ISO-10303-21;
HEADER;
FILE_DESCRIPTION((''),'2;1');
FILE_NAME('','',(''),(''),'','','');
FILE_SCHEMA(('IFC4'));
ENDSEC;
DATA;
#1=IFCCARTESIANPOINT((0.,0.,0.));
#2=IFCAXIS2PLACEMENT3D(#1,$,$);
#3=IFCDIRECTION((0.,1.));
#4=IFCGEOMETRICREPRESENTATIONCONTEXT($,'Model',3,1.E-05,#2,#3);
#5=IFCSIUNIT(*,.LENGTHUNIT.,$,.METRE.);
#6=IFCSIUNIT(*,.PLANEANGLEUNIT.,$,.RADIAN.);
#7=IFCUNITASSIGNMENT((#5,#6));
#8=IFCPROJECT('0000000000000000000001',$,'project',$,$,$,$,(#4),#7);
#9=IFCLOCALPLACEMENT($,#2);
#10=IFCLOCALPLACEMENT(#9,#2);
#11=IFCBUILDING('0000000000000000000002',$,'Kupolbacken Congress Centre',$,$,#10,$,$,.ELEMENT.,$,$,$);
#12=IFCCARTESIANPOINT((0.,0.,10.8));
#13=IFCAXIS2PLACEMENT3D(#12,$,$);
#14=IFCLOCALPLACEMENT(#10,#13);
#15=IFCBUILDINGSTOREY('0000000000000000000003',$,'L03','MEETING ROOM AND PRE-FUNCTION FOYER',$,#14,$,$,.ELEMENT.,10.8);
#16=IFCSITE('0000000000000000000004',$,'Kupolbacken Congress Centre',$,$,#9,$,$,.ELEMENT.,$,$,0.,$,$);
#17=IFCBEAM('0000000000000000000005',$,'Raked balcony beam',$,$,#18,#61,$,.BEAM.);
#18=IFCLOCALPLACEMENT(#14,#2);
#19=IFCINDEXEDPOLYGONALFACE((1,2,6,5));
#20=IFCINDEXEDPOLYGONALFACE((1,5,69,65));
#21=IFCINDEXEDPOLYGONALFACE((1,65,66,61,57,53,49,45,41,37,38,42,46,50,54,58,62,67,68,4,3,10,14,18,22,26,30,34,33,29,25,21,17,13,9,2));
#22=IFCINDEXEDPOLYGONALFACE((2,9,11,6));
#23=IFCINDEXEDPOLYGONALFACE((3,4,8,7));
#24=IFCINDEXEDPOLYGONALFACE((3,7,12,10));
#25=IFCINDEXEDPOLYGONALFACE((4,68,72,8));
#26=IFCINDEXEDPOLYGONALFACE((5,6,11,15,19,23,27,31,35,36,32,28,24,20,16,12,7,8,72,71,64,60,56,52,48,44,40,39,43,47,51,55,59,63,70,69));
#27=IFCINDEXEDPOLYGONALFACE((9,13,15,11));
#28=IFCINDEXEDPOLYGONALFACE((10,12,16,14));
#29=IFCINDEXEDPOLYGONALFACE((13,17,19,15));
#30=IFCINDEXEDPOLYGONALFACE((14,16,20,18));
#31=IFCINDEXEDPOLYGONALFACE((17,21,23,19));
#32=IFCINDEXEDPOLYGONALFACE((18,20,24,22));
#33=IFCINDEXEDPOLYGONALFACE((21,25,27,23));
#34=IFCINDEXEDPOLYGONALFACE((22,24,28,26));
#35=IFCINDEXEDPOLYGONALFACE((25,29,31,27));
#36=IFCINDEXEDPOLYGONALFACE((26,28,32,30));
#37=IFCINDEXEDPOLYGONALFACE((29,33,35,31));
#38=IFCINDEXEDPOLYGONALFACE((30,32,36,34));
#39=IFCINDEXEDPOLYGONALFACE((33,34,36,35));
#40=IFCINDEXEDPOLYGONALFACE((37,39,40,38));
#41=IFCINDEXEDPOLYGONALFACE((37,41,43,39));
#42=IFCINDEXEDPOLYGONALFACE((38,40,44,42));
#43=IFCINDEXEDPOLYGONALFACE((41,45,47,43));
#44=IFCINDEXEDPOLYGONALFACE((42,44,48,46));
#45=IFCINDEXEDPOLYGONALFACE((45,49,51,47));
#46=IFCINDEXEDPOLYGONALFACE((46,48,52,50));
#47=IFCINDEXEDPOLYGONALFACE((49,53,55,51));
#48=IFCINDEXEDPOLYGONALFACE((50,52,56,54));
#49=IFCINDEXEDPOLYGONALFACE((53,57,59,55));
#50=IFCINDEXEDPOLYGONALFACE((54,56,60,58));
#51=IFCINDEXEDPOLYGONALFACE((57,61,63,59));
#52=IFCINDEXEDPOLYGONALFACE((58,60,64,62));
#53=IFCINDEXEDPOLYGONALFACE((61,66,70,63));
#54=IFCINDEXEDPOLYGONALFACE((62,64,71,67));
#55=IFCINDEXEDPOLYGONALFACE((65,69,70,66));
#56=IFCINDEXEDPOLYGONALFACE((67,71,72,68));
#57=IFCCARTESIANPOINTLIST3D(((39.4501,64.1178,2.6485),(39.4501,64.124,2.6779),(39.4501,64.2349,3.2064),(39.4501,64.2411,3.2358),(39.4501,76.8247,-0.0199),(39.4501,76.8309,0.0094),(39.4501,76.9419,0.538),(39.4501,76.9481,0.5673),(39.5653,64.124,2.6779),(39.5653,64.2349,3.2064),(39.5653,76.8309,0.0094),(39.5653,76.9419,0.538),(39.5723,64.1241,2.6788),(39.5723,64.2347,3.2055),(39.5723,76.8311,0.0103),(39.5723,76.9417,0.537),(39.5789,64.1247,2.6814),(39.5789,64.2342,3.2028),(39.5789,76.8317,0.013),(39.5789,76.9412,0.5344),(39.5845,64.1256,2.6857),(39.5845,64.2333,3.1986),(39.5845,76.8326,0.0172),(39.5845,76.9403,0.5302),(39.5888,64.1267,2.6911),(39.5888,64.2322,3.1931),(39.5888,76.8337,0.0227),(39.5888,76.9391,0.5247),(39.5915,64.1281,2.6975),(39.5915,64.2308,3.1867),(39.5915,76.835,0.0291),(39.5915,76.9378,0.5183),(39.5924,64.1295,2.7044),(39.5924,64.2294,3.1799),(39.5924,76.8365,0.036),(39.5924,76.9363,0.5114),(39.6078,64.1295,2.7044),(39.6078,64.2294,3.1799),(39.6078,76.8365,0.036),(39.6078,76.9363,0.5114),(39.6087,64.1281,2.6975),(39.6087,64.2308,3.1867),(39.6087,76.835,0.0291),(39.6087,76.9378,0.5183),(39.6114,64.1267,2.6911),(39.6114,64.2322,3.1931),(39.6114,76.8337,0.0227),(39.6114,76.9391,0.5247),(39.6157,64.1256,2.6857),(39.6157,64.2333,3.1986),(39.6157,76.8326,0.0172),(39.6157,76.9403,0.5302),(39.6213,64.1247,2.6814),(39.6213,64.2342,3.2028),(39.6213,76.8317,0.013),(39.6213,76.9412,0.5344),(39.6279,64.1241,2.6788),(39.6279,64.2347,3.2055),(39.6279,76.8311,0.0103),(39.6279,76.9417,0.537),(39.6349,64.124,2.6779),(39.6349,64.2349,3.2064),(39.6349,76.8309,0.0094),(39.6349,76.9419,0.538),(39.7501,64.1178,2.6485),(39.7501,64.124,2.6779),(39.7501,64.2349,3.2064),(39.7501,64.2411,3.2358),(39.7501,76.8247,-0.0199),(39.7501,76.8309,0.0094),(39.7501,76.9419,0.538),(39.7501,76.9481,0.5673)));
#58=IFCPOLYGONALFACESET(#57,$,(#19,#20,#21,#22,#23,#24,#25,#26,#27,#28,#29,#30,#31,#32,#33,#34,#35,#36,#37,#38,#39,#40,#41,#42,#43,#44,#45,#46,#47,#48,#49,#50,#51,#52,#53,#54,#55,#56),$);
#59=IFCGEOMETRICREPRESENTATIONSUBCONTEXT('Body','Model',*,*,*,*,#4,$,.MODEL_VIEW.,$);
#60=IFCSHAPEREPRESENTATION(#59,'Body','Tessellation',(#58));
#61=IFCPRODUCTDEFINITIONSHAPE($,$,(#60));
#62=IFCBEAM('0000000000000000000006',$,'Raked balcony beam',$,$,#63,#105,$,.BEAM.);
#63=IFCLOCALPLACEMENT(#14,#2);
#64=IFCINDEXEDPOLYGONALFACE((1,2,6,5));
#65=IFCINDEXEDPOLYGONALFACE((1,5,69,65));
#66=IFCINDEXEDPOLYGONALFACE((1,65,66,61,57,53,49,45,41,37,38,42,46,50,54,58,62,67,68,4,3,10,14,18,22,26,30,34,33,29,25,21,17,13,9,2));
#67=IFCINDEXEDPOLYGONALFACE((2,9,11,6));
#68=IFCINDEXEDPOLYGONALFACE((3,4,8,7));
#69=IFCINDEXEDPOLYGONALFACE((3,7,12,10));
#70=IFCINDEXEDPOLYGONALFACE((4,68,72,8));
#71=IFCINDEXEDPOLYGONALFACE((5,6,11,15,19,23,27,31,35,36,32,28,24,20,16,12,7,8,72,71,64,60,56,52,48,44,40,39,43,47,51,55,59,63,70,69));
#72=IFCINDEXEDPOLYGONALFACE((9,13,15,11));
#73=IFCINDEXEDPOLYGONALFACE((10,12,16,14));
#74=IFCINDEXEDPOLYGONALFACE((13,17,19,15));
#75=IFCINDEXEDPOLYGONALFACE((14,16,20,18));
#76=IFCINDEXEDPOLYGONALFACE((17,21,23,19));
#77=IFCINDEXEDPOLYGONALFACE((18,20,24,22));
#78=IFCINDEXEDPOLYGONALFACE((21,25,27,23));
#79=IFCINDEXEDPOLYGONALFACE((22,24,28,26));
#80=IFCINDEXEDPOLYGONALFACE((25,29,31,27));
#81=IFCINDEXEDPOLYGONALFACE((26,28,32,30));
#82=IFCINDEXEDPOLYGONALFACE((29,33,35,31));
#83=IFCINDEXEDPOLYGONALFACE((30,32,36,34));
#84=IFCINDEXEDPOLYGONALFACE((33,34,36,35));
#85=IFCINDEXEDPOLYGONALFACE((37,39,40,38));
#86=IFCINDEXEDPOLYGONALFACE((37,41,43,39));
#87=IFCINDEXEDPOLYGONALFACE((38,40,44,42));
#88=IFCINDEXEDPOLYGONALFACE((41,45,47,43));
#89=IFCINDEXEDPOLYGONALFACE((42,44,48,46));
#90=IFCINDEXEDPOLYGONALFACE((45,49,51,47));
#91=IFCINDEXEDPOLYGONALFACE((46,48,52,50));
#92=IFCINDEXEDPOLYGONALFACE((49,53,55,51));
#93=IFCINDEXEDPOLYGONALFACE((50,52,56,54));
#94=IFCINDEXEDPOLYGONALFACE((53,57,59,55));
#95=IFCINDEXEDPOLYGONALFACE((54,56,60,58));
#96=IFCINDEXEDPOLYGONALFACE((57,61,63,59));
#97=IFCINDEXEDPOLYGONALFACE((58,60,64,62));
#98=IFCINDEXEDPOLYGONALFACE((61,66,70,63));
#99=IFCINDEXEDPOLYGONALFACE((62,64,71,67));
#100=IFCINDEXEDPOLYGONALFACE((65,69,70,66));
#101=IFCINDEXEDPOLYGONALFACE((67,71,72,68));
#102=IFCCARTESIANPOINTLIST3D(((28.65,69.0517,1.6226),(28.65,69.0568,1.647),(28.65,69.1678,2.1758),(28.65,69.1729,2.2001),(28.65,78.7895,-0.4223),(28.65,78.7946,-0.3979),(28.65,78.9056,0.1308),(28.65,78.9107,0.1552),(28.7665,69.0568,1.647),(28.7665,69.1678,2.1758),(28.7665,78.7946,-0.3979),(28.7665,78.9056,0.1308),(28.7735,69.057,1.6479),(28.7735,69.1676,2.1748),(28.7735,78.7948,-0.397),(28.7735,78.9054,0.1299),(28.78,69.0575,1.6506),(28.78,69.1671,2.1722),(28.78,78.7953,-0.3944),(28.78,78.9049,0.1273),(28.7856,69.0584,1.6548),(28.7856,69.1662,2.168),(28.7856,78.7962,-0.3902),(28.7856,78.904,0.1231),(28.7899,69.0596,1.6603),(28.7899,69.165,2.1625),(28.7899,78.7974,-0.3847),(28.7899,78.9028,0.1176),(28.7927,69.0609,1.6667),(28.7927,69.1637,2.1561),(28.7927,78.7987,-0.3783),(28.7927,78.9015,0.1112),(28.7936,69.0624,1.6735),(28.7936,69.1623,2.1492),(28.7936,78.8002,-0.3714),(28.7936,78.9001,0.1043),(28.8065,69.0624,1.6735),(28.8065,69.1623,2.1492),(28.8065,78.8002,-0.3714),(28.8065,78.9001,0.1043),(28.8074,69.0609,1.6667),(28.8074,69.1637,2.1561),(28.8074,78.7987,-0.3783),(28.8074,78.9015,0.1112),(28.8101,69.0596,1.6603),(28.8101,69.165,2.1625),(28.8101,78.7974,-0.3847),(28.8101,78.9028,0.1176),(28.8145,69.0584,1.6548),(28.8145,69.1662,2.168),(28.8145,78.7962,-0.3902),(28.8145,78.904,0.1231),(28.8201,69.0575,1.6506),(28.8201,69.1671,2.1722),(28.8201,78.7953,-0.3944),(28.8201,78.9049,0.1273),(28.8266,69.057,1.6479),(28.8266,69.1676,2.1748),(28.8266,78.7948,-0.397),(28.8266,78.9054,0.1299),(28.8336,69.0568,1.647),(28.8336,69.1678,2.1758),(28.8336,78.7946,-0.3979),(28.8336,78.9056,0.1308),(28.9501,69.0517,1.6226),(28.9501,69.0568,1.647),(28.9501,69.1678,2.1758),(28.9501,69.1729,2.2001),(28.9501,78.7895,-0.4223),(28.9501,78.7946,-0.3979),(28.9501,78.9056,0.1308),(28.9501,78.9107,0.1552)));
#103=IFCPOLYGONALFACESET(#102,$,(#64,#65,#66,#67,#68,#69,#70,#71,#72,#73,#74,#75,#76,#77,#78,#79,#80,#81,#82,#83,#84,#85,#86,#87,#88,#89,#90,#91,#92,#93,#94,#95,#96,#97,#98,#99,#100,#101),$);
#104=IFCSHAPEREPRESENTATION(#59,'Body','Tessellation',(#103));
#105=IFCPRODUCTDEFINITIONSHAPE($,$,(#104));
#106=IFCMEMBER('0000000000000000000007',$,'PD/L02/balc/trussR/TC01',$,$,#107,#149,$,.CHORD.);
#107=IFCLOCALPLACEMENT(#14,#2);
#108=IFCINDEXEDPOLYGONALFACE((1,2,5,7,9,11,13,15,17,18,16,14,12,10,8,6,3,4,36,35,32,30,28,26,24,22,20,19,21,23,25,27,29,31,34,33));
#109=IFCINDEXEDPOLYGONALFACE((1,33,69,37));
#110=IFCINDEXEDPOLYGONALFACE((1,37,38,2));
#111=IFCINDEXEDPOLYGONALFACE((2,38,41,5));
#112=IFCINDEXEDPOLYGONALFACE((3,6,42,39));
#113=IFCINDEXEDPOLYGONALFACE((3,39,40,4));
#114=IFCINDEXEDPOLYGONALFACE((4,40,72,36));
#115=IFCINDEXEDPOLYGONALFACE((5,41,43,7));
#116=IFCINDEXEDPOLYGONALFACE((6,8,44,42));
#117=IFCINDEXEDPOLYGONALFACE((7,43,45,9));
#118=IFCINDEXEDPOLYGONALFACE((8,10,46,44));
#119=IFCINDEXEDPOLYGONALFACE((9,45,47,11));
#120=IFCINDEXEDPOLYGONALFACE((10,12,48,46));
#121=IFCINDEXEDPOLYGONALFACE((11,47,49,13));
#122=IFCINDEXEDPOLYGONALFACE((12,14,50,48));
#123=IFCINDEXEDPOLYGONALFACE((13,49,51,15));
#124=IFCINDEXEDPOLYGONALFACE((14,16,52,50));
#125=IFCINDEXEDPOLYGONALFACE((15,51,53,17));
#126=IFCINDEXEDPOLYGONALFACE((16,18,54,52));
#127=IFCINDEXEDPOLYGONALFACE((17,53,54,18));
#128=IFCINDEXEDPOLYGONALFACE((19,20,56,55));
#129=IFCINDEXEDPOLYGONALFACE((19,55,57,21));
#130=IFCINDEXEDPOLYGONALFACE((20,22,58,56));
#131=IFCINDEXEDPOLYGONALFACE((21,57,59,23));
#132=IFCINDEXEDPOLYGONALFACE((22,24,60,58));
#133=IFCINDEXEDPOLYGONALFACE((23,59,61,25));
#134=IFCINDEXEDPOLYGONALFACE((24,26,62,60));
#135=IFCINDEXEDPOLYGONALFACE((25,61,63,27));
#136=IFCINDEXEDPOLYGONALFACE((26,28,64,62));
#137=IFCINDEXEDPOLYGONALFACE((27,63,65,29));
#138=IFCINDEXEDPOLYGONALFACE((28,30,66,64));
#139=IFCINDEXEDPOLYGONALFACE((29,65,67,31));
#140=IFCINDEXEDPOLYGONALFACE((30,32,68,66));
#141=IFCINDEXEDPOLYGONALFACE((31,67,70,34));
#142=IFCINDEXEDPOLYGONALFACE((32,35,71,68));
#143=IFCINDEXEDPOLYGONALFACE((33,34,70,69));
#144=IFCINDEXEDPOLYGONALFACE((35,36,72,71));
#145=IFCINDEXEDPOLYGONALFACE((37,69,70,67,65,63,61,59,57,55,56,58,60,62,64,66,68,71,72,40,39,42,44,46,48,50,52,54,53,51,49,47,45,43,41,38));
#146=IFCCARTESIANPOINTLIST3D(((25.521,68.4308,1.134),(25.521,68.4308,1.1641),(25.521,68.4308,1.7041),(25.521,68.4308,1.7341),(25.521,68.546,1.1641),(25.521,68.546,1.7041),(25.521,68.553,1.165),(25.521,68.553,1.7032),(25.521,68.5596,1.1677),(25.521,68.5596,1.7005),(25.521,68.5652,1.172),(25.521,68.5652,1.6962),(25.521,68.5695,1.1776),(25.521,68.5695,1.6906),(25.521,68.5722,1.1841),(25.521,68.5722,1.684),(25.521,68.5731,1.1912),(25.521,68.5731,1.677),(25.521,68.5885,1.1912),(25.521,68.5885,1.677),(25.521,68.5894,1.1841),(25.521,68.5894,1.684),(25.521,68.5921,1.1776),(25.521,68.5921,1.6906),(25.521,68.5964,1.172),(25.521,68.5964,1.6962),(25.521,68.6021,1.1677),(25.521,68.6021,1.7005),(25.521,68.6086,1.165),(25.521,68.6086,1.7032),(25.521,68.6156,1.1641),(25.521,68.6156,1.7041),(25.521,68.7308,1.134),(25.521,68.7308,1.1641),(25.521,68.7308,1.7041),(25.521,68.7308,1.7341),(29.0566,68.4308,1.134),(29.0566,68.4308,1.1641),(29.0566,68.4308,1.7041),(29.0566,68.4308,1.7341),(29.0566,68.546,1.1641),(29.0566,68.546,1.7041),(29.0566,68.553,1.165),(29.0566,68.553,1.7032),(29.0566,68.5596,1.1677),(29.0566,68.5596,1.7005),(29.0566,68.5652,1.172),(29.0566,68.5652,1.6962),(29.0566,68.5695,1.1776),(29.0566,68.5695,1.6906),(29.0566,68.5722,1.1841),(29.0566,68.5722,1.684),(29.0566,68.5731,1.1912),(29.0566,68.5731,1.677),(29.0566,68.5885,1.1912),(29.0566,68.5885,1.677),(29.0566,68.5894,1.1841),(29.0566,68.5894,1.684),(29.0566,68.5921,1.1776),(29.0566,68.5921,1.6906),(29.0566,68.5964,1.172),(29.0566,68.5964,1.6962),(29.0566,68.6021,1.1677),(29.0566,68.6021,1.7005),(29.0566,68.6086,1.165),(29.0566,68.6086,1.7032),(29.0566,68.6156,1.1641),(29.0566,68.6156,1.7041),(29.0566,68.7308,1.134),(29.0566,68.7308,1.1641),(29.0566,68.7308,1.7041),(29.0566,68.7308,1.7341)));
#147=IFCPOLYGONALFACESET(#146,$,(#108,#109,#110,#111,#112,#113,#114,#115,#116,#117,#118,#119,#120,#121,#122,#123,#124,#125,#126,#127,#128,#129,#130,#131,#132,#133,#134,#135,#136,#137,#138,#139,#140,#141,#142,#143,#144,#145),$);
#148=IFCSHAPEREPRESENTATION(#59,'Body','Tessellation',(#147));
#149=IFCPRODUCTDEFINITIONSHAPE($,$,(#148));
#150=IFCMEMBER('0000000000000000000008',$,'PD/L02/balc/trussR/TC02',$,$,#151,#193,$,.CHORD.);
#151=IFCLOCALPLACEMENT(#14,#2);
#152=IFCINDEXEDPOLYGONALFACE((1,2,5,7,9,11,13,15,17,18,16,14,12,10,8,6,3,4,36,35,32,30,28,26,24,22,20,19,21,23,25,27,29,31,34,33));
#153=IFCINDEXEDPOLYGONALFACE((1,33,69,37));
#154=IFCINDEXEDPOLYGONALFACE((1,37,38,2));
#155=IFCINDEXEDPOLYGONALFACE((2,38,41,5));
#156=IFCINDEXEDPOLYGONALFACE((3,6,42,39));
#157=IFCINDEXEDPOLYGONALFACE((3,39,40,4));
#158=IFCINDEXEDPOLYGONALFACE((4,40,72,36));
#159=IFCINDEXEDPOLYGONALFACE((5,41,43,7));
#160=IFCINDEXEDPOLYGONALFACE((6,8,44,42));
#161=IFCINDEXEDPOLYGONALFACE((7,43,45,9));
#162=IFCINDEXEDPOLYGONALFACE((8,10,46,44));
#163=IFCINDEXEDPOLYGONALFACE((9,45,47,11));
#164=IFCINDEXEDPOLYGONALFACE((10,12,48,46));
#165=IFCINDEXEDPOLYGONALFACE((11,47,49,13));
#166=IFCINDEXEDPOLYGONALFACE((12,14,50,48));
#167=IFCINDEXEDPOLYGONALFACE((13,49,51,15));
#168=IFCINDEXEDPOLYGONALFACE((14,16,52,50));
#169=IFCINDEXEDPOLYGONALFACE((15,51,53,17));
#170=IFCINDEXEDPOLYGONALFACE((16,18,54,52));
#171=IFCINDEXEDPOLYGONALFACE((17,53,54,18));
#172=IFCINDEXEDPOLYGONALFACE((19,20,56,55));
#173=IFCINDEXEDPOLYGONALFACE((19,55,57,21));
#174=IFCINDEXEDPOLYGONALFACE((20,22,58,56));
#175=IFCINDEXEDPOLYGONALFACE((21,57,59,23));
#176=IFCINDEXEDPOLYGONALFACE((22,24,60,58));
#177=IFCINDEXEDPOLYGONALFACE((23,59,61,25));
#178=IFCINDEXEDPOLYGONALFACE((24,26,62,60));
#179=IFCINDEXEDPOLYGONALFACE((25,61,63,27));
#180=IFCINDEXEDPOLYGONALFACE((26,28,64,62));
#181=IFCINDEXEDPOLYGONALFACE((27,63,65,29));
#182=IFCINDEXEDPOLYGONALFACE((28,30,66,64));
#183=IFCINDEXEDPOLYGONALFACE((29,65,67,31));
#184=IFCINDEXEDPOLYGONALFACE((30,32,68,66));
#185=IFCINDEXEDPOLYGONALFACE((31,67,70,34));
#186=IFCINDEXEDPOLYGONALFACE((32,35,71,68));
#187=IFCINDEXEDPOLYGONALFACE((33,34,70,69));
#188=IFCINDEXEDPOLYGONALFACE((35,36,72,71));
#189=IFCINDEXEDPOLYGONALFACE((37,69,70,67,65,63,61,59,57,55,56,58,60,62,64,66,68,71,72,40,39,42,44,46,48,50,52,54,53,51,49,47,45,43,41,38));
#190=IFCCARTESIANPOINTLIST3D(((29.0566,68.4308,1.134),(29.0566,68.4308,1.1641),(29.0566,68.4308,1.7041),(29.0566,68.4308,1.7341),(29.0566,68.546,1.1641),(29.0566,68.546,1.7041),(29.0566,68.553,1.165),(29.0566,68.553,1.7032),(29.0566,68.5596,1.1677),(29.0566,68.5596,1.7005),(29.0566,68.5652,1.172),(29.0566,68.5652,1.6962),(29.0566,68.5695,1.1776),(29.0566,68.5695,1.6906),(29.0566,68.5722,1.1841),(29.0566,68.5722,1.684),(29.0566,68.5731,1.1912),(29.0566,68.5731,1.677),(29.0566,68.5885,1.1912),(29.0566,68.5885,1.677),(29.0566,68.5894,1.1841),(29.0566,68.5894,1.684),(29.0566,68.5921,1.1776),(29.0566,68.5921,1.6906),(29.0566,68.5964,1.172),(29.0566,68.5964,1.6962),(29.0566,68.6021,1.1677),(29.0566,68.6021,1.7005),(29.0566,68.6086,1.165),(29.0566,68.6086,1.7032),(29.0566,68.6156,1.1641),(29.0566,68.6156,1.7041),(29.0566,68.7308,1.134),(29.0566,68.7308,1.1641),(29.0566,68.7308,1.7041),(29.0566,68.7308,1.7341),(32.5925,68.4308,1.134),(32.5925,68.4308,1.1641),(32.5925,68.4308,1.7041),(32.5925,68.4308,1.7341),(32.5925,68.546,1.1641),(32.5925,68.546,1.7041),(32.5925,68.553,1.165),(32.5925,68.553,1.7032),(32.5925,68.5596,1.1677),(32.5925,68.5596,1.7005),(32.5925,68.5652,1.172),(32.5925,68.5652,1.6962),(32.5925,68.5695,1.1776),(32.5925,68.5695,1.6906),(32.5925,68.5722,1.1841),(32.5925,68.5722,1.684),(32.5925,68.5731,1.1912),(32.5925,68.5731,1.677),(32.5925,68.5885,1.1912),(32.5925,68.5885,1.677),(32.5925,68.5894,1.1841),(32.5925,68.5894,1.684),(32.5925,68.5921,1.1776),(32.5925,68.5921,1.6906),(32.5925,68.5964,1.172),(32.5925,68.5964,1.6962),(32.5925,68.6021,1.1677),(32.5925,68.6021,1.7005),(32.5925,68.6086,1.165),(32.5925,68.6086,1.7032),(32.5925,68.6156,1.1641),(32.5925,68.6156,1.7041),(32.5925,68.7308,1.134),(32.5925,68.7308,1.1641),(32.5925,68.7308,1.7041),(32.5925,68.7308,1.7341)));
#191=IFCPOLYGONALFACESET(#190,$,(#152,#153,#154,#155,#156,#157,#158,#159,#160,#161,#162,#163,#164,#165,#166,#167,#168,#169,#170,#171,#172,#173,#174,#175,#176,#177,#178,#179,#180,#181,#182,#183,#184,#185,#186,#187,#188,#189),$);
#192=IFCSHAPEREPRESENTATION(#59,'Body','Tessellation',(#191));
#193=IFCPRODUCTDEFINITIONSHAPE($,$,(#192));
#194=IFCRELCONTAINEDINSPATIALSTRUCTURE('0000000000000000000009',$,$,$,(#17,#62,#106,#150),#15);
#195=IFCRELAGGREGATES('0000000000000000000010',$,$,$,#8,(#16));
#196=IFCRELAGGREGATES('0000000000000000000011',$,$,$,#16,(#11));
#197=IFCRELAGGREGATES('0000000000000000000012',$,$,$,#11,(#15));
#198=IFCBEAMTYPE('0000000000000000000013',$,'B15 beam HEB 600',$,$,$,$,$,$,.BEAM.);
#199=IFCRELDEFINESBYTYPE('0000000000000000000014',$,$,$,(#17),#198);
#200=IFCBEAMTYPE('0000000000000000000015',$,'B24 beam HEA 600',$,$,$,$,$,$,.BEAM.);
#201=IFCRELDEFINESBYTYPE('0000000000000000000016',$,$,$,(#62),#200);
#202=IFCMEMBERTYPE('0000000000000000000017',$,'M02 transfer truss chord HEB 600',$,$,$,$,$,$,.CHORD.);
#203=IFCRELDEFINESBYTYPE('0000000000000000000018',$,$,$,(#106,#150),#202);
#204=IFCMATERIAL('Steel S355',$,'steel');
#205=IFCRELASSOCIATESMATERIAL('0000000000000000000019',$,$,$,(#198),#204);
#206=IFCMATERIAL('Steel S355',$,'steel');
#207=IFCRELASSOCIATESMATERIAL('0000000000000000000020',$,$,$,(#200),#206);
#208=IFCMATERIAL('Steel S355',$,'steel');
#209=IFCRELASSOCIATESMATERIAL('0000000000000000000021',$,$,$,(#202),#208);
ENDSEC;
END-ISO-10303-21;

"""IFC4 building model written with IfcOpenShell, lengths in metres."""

from ifc_helpers import new_model, si_unit, direction, frame, origin, origin_2d, place, context, subcontext, project, spatial, i_section, extrude, material, material_profile, profile_set, type_object, element, save


model = new_model("IFC4")

# Units and contexts
model_context = context("Model", 3, precision=1e-05, world=origin(), true_north=direction((0.0, 1.0)))
body_context = subcontext(model_context, "Body", "Model", "MODEL_VIEW")
ifc_project = project(units=[si_unit("LENGTHUNIT", "METRE"), si_unit("PLANEANGLEUNIT", "RADIAN")], contexts=[model_context])

# Site, building, storey
site_placement = place(None, origin())
site = spatial("IfcSite", under=ifc_project, at=site_placement, Name="Kupolbacken Congress Centre", CompositionType="ELEMENT", RefElevation=0.0)
building_placement = place(site_placement, origin())
building = spatial("IfcBuilding", under=site, at=building_placement, Name="Kupolbacken Congress Centre", CompositionType="ELEMENT")
storey_placement = place(building_placement, frame((0.0, 0.0, 10.8)))
storey = spatial("IfcBuildingStorey", under=building, at=storey_placement, Name="L03", Description="MEETING ROOM AND PRE-FUNCTION FOYER", CompositionType="ELEMENT", Elevation=10.8)

# Beams
ifc_material_1 = material(Name="Steel S355", Category="steel")
ifc_material_profile_1 = material_profile(ifc_material_1, i_section(OverallWidth=0.3, OverallDepth=0.6001, WebThickness=0.0154, FlangeThickness=0.03, FilletRadius=0.0271, at=origin_2d()), Name="HEB 600")
ifc_profile_set_1 = profile_set([ifc_material_profile_1], Name="Steel S355")
beam_type_1 = type_object("IfcBeamType", Name="B15 beam HEB 600", PredefinedType="BEAM", material=ifc_profile_set_1)
beam_1_placement = place(storey_placement, frame((39.6001, 64.1794, 2.9421), z_axis=(0.0, 0.978654, -0.205516), x_axis=(-1.0, 0.0, 0.0)))
element("IfcBeam", 1, at=beam_1_placement, inside=storey, type_object=beam_type_1, Name="Raked balcony beam", PredefinedType="BEAM", context=body_context, shape_type="SweptSolid", body=[
    extrude(i_section(OverallWidth=0.3, OverallDepth=0.6001, WebThickness=0.0154, FlangeThickness=0.03, FilletRadius=0.0271, at=origin_2d()), origin(), (0.0, 0.0, 1.0), 12.9841),
])
ifc_material_2 = material(Name="Steel S355", Category="steel")
ifc_material_profile_2 = material_profile(ifc_material_2, i_section(OverallWidth=0.3, OverallDepth=0.5901, WebThickness=0.0129, FlangeThickness=0.0249, FilletRadius=0.0271, at=origin_2d()), Name="HEA 600")
ifc_profile_set_2 = profile_set([ifc_material_profile_2], Name="Steel S355")
beam_type_2 = type_object("IfcBeamType", Name="B24 beam HEA 600", PredefinedType="BEAM", material=ifc_profile_set_2)
beam_2_placement = place(storey_placement, frame((28.8, 69.1123, 1.9114), z_axis=(0.0, 0.978654, -0.205516), x_axis=(-1.0, 0.0, 0.0)))
element("IfcBeam", 2, at=beam_2_placement, inside=storey, type_object=beam_type_2, Name="Raked balcony beam", PredefinedType="BEAM", context=body_context, shape_type="SweptSolid", body=[
    extrude(i_section(OverallWidth=0.3, OverallDepth=0.5901, WebThickness=0.0129, FlangeThickness=0.0249, FilletRadius=0.0271, at=origin_2d()), origin(), (0.0, 0.0, 1.0), 9.9502),
])

# Members
ifc_material_3 = material(Name="Steel S355", Category="steel")
ifc_material_profile_3 = material_profile(ifc_material_3, i_section(OverallWidth=0.3, OverallDepth=0.6001, WebThickness=0.0154, FlangeThickness=0.03, FilletRadius=0.0271, at=origin_2d()), Name="HEB 600")
ifc_profile_set_3 = profile_set([ifc_material_profile_3], Name="Steel S355")
member_type = type_object("IfcMemberType", Name="M02 transfer truss chord HEB 600", PredefinedType="CHORD", material=ifc_profile_set_3)
member_1_placement = place(storey_placement, frame((25.521, 68.5808, 1.4341), z_axis=(1.0, 0.0, 0.0), x_axis=(0.0, 1.0, 0.0)))
element("IfcMember", 3, at=member_1_placement, inside=storey, type_object=member_type, Name="PD/L02/balc/trussR/TC01", PredefinedType="CHORD", context=body_context, shape_type="SweptSolid", body=[
    extrude(i_section(OverallWidth=0.3, OverallDepth=0.6001, WebThickness=0.0154, FlangeThickness=0.03, FilletRadius=0.0271, at=origin_2d()), origin(), (0.0, 0.0, 1.0), 3.5356),
])
for number, where, z_axis, x_axis, name in (
    (4, (29.0566, 68.5808, 1.4341), (1.0, 0.0, 0.0), (0.0, 1.0, 0.0), "PD/L02/balc/trussR/TC02"),
):
    element("IfcMember", number, at=place(storey_placement, frame(where, z_axis=z_axis, x_axis=x_axis)), inside=storey, type_object=member_type, Name=name, PredefinedType="CHORD", context=body_context, shape_type="SweptSolid", body=[
        extrude(i_section(OverallWidth=0.3, OverallDepth=0.6001, WebThickness=0.0154, FlangeThickness=0.03, FilletRadius=0.0271, at=origin_2d()), origin(), (0.0, 0.0, 1.0), 3.5359),
    ])

save(model, "model.ifc")
